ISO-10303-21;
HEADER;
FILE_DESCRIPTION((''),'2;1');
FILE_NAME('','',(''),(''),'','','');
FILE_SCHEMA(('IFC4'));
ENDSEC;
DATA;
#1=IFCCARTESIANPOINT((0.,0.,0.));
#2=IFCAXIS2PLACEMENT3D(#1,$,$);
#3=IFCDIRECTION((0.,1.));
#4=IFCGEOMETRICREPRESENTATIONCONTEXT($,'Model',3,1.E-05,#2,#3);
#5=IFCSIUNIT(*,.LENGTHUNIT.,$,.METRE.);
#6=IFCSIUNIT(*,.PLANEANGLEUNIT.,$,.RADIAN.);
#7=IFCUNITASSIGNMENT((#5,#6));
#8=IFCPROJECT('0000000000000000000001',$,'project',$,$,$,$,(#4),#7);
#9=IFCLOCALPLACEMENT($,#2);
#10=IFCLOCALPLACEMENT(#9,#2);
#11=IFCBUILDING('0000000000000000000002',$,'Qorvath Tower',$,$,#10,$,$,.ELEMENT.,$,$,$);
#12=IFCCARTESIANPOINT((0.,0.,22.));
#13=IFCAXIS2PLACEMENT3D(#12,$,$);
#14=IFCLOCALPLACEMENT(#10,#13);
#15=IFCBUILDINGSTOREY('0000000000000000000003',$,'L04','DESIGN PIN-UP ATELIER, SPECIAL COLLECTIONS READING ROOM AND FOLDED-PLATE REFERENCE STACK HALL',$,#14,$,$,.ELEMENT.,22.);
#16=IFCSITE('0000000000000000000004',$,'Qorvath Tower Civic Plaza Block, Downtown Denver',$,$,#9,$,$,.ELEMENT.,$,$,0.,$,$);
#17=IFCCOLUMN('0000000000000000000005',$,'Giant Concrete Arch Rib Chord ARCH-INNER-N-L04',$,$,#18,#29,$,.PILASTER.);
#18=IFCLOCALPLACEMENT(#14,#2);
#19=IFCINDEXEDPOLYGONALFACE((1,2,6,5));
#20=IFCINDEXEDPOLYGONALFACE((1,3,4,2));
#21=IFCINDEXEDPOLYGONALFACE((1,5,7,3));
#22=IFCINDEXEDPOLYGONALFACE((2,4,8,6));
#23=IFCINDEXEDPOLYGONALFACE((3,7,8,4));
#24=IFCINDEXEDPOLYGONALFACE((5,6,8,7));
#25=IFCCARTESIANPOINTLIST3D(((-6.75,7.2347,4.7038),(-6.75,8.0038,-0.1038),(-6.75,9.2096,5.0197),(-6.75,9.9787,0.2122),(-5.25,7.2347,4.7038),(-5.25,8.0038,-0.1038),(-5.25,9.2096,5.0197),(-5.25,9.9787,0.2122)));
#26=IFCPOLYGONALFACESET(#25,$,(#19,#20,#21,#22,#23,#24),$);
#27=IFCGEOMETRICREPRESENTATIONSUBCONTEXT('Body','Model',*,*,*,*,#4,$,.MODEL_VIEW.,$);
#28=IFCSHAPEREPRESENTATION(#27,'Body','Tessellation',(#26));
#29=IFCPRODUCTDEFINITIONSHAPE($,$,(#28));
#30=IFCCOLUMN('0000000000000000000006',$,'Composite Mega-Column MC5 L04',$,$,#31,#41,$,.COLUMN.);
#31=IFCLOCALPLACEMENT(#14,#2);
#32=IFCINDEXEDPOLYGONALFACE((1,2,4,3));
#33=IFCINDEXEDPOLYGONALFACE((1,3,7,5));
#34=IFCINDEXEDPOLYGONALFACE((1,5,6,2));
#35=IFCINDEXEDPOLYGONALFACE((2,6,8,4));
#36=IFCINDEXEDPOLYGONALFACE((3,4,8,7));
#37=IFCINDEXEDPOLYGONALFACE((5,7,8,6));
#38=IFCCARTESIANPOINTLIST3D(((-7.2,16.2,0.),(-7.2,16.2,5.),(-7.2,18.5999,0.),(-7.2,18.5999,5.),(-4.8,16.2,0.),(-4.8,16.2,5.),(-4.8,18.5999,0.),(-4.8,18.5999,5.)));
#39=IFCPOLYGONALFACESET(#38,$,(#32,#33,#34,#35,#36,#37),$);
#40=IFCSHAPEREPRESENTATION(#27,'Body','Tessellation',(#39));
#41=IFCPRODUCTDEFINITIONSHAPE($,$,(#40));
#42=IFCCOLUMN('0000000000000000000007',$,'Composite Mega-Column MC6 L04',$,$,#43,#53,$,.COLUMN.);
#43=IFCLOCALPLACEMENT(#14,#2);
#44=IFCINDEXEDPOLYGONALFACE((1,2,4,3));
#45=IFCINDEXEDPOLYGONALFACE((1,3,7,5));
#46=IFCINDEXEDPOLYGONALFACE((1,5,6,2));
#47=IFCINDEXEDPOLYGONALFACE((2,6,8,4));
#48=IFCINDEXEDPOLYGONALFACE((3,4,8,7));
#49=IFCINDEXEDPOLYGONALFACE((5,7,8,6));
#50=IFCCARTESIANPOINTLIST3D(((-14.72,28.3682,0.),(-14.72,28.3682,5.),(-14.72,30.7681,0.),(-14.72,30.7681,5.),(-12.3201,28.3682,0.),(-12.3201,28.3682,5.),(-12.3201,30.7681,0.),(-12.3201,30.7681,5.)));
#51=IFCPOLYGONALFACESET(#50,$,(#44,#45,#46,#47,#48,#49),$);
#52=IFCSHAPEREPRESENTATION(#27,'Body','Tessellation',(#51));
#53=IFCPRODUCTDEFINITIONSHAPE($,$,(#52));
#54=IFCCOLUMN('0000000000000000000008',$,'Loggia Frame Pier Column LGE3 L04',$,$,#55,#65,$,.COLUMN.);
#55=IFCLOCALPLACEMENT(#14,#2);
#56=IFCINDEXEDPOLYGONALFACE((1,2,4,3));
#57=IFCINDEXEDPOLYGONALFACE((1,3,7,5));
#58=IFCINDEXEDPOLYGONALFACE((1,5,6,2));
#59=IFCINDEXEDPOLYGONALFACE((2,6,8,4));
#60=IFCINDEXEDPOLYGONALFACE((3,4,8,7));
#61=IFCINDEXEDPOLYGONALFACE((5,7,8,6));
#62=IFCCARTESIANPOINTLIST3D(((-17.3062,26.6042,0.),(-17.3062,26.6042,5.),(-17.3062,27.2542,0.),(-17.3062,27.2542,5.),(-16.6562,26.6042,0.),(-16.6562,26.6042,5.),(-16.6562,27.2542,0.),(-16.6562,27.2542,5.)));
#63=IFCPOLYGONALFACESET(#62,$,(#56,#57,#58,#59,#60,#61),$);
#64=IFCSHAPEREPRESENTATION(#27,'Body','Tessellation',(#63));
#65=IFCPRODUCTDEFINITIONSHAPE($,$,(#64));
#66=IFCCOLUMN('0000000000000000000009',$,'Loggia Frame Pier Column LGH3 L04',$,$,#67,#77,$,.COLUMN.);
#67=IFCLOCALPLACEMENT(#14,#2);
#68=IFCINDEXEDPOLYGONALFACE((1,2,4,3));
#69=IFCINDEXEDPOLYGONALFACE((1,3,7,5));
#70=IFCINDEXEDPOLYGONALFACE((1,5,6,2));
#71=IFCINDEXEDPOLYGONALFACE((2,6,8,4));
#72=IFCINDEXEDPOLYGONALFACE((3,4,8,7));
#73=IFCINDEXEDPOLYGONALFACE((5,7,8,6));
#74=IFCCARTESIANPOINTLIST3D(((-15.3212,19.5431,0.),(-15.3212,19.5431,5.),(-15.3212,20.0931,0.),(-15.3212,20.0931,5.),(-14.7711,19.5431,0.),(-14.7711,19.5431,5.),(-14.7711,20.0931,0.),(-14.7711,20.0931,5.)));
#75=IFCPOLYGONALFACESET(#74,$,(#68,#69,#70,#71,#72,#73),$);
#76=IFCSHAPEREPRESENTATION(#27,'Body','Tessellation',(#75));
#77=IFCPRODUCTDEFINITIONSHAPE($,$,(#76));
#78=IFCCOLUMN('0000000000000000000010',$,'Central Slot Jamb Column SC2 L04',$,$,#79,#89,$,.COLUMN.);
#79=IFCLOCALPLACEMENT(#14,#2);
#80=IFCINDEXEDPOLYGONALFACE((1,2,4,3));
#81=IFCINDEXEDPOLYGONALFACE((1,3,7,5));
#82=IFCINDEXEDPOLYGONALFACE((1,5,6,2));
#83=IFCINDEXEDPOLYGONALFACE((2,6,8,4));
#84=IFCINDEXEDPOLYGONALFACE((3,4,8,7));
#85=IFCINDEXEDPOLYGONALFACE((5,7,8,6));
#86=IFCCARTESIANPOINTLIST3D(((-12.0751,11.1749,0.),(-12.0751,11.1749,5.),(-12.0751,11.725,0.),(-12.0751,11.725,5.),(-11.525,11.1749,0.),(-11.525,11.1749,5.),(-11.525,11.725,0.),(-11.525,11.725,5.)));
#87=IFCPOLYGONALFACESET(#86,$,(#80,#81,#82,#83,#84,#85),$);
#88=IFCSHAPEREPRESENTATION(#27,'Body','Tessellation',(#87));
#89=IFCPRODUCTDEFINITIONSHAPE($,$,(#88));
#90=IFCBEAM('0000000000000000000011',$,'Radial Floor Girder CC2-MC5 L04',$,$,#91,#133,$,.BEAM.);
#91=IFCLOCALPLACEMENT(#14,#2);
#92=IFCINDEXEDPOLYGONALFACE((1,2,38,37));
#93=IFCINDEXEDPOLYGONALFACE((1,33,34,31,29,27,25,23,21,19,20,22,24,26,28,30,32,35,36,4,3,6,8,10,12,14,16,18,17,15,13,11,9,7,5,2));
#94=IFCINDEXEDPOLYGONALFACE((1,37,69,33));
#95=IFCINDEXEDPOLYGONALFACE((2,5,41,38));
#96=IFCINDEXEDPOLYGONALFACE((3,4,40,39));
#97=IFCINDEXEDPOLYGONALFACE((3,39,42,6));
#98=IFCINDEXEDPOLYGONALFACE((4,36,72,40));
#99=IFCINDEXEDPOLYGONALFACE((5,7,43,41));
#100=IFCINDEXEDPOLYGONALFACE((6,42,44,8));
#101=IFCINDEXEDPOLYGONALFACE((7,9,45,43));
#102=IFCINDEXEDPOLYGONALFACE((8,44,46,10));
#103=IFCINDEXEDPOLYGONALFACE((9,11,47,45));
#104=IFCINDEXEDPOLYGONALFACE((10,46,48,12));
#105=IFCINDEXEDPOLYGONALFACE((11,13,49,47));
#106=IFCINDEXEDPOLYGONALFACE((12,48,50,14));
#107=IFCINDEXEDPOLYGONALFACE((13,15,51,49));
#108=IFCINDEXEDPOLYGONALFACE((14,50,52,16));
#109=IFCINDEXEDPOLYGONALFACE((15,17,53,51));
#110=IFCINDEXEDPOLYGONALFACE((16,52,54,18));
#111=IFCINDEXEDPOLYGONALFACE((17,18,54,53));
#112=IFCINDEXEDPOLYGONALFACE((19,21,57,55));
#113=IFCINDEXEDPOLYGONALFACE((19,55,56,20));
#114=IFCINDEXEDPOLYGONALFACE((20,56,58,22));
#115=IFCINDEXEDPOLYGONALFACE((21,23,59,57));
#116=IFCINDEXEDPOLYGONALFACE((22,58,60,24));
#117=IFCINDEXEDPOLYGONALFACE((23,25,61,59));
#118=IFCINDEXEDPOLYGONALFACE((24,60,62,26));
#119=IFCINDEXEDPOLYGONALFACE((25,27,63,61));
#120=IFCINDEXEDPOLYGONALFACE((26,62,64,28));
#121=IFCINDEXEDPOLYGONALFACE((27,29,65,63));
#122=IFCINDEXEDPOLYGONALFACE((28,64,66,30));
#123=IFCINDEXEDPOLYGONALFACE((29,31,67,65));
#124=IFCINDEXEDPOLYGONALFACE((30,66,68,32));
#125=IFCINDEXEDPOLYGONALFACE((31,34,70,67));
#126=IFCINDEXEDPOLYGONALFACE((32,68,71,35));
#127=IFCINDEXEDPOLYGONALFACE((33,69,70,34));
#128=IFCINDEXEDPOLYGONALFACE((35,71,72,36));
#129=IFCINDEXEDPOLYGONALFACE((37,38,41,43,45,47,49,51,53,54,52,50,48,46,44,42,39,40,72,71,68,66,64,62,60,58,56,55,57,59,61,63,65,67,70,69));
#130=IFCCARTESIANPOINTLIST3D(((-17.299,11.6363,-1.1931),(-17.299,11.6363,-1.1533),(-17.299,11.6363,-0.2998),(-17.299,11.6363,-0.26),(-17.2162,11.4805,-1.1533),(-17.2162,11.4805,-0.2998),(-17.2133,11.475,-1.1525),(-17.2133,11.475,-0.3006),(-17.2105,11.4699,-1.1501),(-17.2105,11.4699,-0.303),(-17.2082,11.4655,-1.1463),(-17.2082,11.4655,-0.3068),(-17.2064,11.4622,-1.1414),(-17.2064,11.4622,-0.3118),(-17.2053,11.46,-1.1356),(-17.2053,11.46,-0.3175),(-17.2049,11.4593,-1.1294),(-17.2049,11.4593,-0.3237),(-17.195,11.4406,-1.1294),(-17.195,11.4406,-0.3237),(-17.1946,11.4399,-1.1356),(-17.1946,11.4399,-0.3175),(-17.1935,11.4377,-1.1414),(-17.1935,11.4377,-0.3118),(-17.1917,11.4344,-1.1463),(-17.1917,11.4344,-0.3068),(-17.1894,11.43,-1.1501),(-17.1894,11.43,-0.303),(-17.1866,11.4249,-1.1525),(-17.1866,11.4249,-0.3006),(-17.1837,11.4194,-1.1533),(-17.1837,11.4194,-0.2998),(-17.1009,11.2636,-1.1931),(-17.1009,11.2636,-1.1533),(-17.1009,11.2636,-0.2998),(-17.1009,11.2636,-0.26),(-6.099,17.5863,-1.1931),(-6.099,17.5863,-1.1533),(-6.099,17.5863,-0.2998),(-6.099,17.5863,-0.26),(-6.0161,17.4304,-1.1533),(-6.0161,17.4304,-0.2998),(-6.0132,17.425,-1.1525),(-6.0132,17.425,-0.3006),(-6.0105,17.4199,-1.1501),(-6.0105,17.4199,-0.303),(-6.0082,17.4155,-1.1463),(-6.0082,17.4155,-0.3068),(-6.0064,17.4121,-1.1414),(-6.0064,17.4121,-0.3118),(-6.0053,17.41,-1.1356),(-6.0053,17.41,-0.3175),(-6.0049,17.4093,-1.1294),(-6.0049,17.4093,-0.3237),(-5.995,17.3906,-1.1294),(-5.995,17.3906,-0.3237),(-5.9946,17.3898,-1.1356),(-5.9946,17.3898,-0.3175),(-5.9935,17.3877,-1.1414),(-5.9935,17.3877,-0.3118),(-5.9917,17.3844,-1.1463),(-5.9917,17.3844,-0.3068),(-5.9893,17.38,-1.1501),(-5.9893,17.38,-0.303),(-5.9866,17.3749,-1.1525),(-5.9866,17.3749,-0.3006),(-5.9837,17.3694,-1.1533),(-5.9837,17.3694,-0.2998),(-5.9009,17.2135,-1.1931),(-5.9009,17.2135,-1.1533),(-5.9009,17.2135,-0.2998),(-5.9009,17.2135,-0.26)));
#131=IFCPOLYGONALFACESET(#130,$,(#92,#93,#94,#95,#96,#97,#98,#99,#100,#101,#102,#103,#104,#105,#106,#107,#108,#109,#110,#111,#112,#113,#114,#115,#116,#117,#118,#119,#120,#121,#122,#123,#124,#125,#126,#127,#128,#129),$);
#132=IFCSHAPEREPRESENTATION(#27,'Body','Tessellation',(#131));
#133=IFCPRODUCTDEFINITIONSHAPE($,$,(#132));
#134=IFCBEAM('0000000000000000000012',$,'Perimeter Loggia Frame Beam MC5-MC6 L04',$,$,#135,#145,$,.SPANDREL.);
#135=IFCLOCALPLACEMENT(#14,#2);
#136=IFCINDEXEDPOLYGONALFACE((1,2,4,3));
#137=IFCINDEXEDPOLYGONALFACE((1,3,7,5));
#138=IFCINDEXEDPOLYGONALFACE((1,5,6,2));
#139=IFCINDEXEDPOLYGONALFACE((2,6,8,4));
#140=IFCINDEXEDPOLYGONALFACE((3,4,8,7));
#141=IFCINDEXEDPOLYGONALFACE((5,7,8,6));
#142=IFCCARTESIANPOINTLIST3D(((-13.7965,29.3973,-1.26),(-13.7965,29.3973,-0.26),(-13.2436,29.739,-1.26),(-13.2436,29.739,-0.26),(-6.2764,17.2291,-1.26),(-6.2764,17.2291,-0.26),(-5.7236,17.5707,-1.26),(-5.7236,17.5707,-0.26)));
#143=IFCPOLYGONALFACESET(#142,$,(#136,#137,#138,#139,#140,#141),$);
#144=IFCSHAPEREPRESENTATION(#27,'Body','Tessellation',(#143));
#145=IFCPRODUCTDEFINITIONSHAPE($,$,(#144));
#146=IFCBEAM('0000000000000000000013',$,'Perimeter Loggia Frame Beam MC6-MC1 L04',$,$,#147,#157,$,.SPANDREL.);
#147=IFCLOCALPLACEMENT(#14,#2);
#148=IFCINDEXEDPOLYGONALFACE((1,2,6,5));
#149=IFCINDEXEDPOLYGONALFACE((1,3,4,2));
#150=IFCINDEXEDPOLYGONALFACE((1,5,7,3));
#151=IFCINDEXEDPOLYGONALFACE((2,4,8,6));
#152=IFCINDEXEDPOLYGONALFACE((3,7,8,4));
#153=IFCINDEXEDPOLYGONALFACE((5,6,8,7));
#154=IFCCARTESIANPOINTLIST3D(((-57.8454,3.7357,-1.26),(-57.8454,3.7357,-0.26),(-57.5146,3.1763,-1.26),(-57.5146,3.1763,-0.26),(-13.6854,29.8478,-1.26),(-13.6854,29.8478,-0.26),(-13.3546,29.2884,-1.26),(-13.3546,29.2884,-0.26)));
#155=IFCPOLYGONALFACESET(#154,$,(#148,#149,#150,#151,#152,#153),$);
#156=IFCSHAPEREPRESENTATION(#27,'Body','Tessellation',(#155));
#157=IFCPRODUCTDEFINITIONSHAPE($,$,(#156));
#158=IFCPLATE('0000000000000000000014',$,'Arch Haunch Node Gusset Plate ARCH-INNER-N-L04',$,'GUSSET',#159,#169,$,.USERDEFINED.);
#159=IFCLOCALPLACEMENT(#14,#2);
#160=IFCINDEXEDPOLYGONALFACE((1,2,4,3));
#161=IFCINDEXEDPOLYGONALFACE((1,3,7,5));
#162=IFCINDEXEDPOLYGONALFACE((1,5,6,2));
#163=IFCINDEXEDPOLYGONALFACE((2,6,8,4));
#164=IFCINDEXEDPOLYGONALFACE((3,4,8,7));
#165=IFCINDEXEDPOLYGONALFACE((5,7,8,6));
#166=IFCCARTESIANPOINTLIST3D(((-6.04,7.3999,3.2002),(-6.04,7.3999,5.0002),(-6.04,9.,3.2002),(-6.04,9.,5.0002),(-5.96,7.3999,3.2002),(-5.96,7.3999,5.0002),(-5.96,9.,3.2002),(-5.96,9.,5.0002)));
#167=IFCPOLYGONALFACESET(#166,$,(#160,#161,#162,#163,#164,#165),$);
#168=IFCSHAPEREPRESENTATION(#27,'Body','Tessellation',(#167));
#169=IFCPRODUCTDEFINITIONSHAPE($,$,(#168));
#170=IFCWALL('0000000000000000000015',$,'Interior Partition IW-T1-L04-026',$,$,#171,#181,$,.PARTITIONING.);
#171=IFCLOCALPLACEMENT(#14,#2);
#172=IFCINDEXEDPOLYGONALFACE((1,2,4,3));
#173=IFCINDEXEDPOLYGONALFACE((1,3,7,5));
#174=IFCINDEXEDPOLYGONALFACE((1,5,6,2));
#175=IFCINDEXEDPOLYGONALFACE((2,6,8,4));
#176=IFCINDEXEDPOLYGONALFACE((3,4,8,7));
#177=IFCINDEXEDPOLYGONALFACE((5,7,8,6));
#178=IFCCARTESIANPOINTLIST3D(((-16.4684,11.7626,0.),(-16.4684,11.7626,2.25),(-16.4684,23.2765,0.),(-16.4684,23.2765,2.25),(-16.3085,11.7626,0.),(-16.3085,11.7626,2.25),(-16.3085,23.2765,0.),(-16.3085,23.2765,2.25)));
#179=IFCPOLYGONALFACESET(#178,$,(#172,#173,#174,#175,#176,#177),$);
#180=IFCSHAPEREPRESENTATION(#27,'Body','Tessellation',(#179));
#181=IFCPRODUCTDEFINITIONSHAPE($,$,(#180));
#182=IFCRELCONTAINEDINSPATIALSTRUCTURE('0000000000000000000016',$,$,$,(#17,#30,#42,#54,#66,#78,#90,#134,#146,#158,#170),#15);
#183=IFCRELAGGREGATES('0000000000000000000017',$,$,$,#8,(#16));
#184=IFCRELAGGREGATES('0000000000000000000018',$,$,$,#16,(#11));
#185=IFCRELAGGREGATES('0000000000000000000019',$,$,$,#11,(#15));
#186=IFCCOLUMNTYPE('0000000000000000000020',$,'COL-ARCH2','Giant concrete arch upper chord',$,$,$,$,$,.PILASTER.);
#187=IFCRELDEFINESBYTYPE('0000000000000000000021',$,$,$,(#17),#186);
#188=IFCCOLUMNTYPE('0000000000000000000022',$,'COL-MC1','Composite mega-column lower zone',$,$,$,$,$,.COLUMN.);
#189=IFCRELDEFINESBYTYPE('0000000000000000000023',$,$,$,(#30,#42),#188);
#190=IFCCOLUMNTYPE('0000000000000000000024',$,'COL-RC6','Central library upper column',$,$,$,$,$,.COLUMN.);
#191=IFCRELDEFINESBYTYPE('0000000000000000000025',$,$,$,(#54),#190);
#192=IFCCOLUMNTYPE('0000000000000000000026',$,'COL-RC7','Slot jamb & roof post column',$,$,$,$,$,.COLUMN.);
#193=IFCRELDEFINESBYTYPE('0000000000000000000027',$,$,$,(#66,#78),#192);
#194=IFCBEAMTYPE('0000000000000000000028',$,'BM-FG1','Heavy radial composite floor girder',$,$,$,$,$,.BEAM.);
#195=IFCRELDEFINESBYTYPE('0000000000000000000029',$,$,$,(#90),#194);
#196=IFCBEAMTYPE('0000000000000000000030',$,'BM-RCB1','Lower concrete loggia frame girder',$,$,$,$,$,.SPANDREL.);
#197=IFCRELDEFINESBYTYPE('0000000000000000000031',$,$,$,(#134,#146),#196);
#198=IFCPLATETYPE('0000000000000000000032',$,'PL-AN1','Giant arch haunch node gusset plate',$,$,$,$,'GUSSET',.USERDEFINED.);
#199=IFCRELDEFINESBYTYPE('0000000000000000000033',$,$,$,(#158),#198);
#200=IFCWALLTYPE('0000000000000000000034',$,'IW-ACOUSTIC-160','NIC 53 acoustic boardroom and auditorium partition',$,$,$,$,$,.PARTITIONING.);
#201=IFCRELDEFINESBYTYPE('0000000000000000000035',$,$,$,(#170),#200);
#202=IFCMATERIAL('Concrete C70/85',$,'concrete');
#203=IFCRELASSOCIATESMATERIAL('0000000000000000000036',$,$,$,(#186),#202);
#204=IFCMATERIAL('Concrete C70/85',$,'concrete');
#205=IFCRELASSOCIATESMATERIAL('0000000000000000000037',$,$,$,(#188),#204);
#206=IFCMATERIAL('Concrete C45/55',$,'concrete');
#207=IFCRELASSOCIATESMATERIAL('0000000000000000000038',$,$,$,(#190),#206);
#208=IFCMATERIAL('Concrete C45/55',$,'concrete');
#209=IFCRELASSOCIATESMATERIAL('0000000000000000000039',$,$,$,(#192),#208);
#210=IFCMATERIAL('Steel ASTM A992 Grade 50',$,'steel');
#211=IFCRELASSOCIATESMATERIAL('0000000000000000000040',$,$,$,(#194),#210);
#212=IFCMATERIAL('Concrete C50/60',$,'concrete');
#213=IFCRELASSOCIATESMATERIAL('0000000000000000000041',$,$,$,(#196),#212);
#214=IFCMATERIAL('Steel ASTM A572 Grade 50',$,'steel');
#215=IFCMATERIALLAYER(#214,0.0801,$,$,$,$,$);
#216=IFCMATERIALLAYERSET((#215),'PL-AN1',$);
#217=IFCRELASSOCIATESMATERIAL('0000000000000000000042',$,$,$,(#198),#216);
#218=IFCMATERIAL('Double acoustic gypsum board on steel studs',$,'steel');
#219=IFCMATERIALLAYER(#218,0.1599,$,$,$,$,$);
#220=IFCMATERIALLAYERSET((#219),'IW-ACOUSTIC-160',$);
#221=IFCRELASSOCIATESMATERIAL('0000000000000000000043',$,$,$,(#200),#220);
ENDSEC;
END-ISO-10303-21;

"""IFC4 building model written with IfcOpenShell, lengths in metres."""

from ifc_helpers import new_model, si_unit, direction, frame, frame_2d, origin, origin_2d, place, context, subcontext, project, spatial, rectangle, i_section, extrude, material, layer, layer_set, material_profile, profile_set, type_object, element, save


model = new_model("IFC4")

# Units and contexts
model_context = context("Model", 3, precision=1e-05, world=origin(), true_north=direction((0.0, 1.0)))
body_context = subcontext(model_context, "Body", "Model", "MODEL_VIEW")
ifc_project = project(units=[si_unit("LENGTHUNIT", "METRE"), si_unit("PLANEANGLEUNIT", "RADIAN")], contexts=[model_context])

# Site, building, storey
site_placement = place(None, origin())
site = spatial("IfcSite", under=ifc_project, at=site_placement, Name="Qorvath Tower Civic Plaza Block, Downtown Denver", CompositionType="ELEMENT", RefElevation=0.0)
building_placement = place(site_placement, origin())
building = spatial("IfcBuilding", under=site, at=building_placement, Name="Qorvath Tower", CompositionType="ELEMENT")
storey_placement = place(building_placement, frame((0.0, 0.0, 22.0)))
storey = spatial("IfcBuildingStorey", under=building, at=storey_placement, Name="L04", Description="DESIGN PIN-UP ATELIER, SPECIAL COLLECTIONS READING ROOM AND FOLDED-PLATE REFERENCE STACK HALL", CompositionType="ELEMENT", Elevation=22.0)

# Columns
ifc_material_1 = material(Name="Concrete C70/85", Category="concrete")
ifc_material_profile_1 = material_profile(ifc_material_1, rectangle(XDim=1.5, YDim=2.0, at=origin_2d()), Name="ARCH 2000x1500")
ifc_profile_set_1 = profile_set([ifc_material_profile_1], Name="Concrete C70/85")
column_type_1 = type_object("IfcColumnType", Name="COL-ARCH2", Description="Giant concrete arch upper chord", PredefinedType="PILASTER", material=ifc_profile_set_1)
column_1_placement = place(storey_placement, frame((-6.0, 8.9912, 0.0542), z_axis=(0.0, -0.157955, 0.987446), x_axis=(1.0, 0.0, 0.0)))
element("IfcColumn", 1, at=column_1_placement, inside=storey, type_object=column_type_1, Name="Giant Concrete Arch Rib Chord ARCH-INNER-N-L04", PredefinedType="PILASTER", context=body_context, shape_type="SweptSolid", body=[
    extrude(rectangle(XDim=1.5, YDim=2.0, at=origin_2d()), origin(), (0.0, 0.0, 1.0), 4.8687),
])
ifc_material_2 = material(Name="Concrete C70/85", Category="concrete")
ifc_material_profile_2 = material_profile(ifc_material_2, rectangle(XDim=2.3999, YDim=2.3999, at=origin_2d()), Name="MC 2400x2400")
ifc_profile_set_2 = profile_set([ifc_material_profile_2], Name="Concrete C70/85")
column_type_2 = type_object("IfcColumnType", Name="COL-MC1", Description="Composite mega-column lower zone", PredefinedType="COLUMN", material=ifc_profile_set_2)
for number, where, z_axis, x_axis, name in (
    (2, (-6.0, 17.3999, 0.0), (0.0, 0.0, 1.0), (1.0, 0.0, 0.0), "Composite Mega-Column MC5 L04"),
    (3, (-13.52, 29.5681, 0.0), (0.0, 0.0, 1.0), (1.0, 0.0, 0.0), "Composite Mega-Column MC6 L04"),
):
    element("IfcColumn", number, at=place(storey_placement, frame(where, z_axis=z_axis, x_axis=x_axis)), inside=storey, type_object=column_type_2, Name=name, PredefinedType="COLUMN", context=body_context, shape_type="SweptSolid", body=[
        extrude(rectangle(XDim=2.3999, YDim=2.3999, at=origin_2d()), origin(), (0.0, 0.0, 1.0), 5.0),
    ])
ifc_material_3 = material(Name="Concrete C45/55", Category="concrete")
ifc_material_profile_3 = material_profile(ifc_material_3, rectangle(XDim=0.6499, YDim=0.6499, at=origin_2d()), Name="RC 650x650")
ifc_profile_set_3 = profile_set([ifc_material_profile_3], Name="Concrete C45/55")
column_type_3 = type_object("IfcColumnType", Name="COL-RC6", Description="Central library upper column", PredefinedType="COLUMN", material=ifc_profile_set_3)
column_2_placement = place(storey_placement, frame((-16.9812, 26.9292, 0.0), z_axis=(0.0, 0.0, 1.0), x_axis=(1.0, 0.0, 0.0)))
element("IfcColumn", 4, at=column_2_placement, inside=storey, type_object=column_type_3, Name="Loggia Frame Pier Column LGE3 L04", PredefinedType="COLUMN", context=body_context, shape_type="SweptSolid", body=[
    extrude(rectangle(XDim=0.6499, YDim=0.6499, at=origin_2d()), origin(), (0.0, 0.0, 1.0), 5.0),
])
ifc_material_4 = material(Name="Concrete C45/55", Category="concrete")
ifc_material_profile_4 = material_profile(ifc_material_4, rectangle(XDim=0.55, YDim=0.55, at=origin_2d()), Name="RC 550x550")
ifc_profile_set_4 = profile_set([ifc_material_profile_4], Name="Concrete C45/55")
column_type_4 = type_object("IfcColumnType", Name="COL-RC7", Description="Slot jamb & roof post column", PredefinedType="COLUMN", material=ifc_profile_set_4)
for number, where, z_axis, x_axis, name in (
    (5, (-15.0461, 19.8181, 0.0), (0.0, 0.0, 1.0), (1.0, 0.0, 0.0), "Loggia Frame Pier Column LGH3 L04"),
    (6, (-11.8, 11.45, 0.0), (0.0, 0.0, 1.0), (1.0, 0.0, 0.0), "Central Slot Jamb Column SC2 L04"),
):
    element("IfcColumn", number, at=place(storey_placement, frame(where, z_axis=z_axis, x_axis=x_axis)), inside=storey, type_object=column_type_4, Name=name, PredefinedType="COLUMN", context=body_context, shape_type="SweptSolid", body=[
        extrude(rectangle(XDim=0.55, YDim=0.55, at=origin_2d()), origin(), (0.0, 0.0, 1.0), 5.0),
    ])

# Beams
ifc_material_5 = material(Name="Steel ASTM A992 Grade 50", Category="steel")
ifc_material_profile_5 = material_profile(ifc_material_5, i_section(OverallWidth=0.4221, OverallDepth=0.9331, WebThickness=0.0212, FlangeThickness=0.0398, FilletRadius=0.0239, at=origin_2d()), Name="W36x262")
ifc_profile_set_5 = profile_set([ifc_material_profile_5], Name="Steel ASTM A992 Grade 50")
beam_type_1 = type_object("IfcBeamType", Name="BM-FG1", Description="Heavy radial composite floor girder", PredefinedType="BEAM", material=ifc_profile_set_5)
beam_1_placement = place(storey_placement, frame((-17.2, 11.45, -0.7266), z_axis=(0.883116, 0.469154, 0.0), x_axis=(-0.469154, 0.883116, 0.0)))
element("IfcBeam", 7, at=beam_1_placement, inside=storey, type_object=beam_type_1, Name="Radial Floor Girder CC2-MC5 L04", PredefinedType="BEAM", context=body_context, shape_type="SweptSolid", body=[
    extrude(i_section(OverallWidth=0.4221, OverallDepth=0.9331, WebThickness=0.0212, FlangeThickness=0.0398, FilletRadius=0.0239, at=origin_2d()), origin(), (0.0, 0.0, 1.0), 12.6824),
])
ifc_material_6 = material(Name="Concrete C50/60", Category="concrete")
ifc_material_profile_6 = material_profile(ifc_material_6, rectangle(XDim=0.6499, YDim=1.0, at=origin_2d()), Name="RCB 1000x650")
ifc_profile_set_6 = profile_set([ifc_material_profile_6], Name="Concrete C50/60")
beam_type_2 = type_object("IfcBeamType", Name="BM-RCB1", Description="Lower concrete loggia frame girder", PredefinedType="SPANDREL", material=ifc_profile_set_6)
beam_2_placement = place(storey_placement, frame((-6.0, 17.3999, -0.76), z_axis=(-0.525713, 0.850662, 0.0), x_axis=(-0.850662, -0.525713, 0.0)))
element("IfcBeam", 8, at=beam_2_placement, inside=storey, type_object=beam_type_2, Name="Perimeter Loggia Frame Beam MC5-MC6 L04", PredefinedType="SPANDREL", context=body_context, shape_type="SweptSolid", body=[
    extrude(rectangle(XDim=0.6499, YDim=1.0, at=origin_2d()), origin(), (0.0, 0.0, 1.0), 14.3044),
])
beam_3_placement = place(storey_placement, frame((-13.52, 29.5681, -0.76), z_axis=(-0.860777, -0.508983, 0.0), x_axis=(0.508983, -0.860777, 0.0)))
element("IfcBeam", 9, at=beam_3_placement, inside=storey, type_object=beam_type_2, Name="Perimeter Loggia Frame Beam MC6-MC1 L04", PredefinedType="SPANDREL", context=body_context, shape_type="SweptSolid", body=[
    extrude(rectangle(XDim=0.6499, YDim=1.0, at=origin_2d()), origin(), (0.0, 0.0, 1.0), 51.3025),
])

# Plate
ifc_material_7 = material(Name="Steel ASTM A572 Grade 50", Category="steel")
ifc_layer_1 = layer(ifc_material_7, 0.0801)
ifc_layer_set_1 = layer_set([ifc_layer_1], Name="PL-AN1")
plate_type = type_object("IfcPlateType", Name="PL-AN1", Description="Giant arch haunch node gusset plate", ElementType="GUSSET", PredefinedType="USERDEFINED", material=ifc_layer_set_1)
plate_placement = place(storey_placement, frame((-6.0, 8.2, 3.2002), z_axis=(0.0, 0.0, 1.0), x_axis=(0.0, 1.0, 0.0)))
element("IfcPlate", 10, at=plate_placement, inside=storey, type_object=plate_type, Name="Arch Haunch Node Gusset Plate ARCH-INNER-N-L04", ObjectType="GUSSET", PredefinedType="USERDEFINED", context=body_context, shape_type="SweptSolid", body=[
    extrude(rectangle(XDim=1.6001, YDim=0.0801, at=origin_2d()), origin(), (0.0, 0.0, 1.0), 1.8),
])

# Wall
ifc_material_8 = material(Name="Double acoustic gypsum board on steel studs", Category="steel")
ifc_layer_2 = layer(ifc_material_8, 0.1599)
ifc_layer_set_2 = layer_set([ifc_layer_2], Name="IW-ACOUSTIC-160")
wall_type_1 = type_object("IfcWallType", Name="IW-ACOUSTIC-160", Description="NIC 53 acoustic boardroom and auditorium partition", PredefinedType="PARTITIONING", material=ifc_layer_set_2)
wall_1_placement = place(storey_placement, frame((-16.3884, 11.7627, 0.0), z_axis=(0.0, 0.0, 1.0), x_axis=(0.0, 1.0, 0.0)))
element("IfcWall", 11, at=wall_1_placement, inside=storey, type_object=wall_type_1, Name="Interior Partition IW-T1-L04-026", PredefinedType="PARTITIONING", context=body_context, shape_type="SweptSolid", body=[
    extrude(rectangle(XDim=11.5139, YDim=0.1599, at=frame_2d((5.7568, 0.0))), origin(), (0.0, 0.0, 1.0), 2.25),
])

save(model, "model.ifc")
